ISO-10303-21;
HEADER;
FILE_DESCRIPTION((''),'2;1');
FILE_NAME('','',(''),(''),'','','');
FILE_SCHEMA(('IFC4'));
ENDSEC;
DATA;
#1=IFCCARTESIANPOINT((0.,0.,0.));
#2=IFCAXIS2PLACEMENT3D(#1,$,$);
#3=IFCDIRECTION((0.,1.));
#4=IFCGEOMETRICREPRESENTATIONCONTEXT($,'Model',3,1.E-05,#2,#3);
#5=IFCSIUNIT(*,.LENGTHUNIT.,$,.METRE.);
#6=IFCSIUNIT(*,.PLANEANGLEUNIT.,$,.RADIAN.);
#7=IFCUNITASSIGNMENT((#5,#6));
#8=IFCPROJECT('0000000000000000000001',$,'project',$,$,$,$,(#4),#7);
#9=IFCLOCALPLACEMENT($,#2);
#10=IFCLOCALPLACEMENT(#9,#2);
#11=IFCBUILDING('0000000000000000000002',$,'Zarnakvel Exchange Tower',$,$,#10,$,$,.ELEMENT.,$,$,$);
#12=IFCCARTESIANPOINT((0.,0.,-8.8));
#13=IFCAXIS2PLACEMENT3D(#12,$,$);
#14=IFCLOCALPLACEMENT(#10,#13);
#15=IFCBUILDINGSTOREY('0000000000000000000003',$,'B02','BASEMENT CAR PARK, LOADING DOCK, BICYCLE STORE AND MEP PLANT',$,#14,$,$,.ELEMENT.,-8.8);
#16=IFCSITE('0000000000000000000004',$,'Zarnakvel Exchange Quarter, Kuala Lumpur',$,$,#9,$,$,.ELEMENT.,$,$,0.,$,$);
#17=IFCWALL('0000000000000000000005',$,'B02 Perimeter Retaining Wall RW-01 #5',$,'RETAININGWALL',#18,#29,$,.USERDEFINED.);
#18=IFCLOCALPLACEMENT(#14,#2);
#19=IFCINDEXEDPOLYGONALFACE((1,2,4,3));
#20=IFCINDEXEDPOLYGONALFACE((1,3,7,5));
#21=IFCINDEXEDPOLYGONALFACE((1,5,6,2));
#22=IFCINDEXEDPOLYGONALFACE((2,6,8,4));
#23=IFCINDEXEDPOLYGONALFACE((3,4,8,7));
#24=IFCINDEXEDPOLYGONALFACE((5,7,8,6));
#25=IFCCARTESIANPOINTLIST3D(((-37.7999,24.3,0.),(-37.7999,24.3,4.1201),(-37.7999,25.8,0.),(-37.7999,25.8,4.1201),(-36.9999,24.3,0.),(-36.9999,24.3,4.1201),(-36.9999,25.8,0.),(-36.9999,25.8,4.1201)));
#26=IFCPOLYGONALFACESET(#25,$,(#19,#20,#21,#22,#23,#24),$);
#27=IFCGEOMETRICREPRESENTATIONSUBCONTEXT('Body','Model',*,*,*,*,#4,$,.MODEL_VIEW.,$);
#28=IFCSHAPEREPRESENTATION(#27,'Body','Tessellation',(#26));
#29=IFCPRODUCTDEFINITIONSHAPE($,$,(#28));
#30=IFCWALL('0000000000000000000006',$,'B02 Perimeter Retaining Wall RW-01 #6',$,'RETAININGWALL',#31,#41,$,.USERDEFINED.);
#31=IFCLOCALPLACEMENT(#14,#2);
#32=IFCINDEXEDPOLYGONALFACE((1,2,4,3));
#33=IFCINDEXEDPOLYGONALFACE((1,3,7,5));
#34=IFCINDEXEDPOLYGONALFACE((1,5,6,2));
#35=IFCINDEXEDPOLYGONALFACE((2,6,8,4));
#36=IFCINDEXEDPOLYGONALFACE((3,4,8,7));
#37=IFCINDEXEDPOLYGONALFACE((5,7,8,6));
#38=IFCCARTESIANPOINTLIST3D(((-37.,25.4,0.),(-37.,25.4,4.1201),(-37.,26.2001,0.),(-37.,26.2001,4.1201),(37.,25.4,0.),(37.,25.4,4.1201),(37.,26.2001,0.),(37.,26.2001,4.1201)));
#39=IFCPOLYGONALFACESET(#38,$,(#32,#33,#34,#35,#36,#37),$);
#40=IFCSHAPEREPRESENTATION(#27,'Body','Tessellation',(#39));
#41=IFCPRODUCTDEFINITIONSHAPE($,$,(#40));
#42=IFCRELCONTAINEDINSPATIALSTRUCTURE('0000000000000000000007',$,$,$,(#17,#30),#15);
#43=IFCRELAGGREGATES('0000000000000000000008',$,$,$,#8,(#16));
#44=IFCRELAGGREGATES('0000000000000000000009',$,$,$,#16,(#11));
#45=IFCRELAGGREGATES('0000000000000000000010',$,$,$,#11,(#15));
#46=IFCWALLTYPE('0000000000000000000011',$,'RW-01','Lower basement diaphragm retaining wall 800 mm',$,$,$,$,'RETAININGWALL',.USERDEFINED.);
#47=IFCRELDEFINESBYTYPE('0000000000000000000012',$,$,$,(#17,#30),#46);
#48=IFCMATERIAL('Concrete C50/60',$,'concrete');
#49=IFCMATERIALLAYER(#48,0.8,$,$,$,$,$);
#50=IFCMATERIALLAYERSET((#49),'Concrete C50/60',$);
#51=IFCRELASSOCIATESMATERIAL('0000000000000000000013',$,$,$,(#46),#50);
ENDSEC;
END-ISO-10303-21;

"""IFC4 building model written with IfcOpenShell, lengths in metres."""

from ifc_helpers import new_model, si_unit, direction, frame, frame_2d, origin, place, context, subcontext, project, spatial, rectangle, extrude, material, layer, layer_set, type_object, element, save


model = new_model("IFC4")

# Units and contexts
model_context = context("Model", 3, precision=1e-05, world=origin(), true_north=direction((0.0, 1.0)))
body_context = subcontext(model_context, "Body", "Model", "MODEL_VIEW")
ifc_project = project(units=[si_unit("LENGTHUNIT", "METRE"), si_unit("PLANEANGLEUNIT", "RADIAN")], contexts=[model_context])

# Site, building, storey
site_placement = place(None, origin())
site = spatial("IfcSite", under=ifc_project, at=site_placement, Name="Zarnakvel Exchange Quarter, Kuala Lumpur", CompositionType="ELEMENT", RefElevation=0.0)
building_placement = place(site_placement, origin())
building = spatial("IfcBuilding", under=site, at=building_placement, Name="Zarnakvel Exchange Tower", CompositionType="ELEMENT")
storey_placement = place(building_placement, frame((0.0, 0.0, -8.8)))
storey = spatial("IfcBuildingStorey", under=building, at=storey_placement, Name="B02", Description="BASEMENT CAR PARK, LOADING DOCK, BICYCLE STORE AND MEP PLANT", CompositionType="ELEMENT", Elevation=-8.8)

# Shared definitions
ifc_material_1 = material(Name="Concrete C50/60", Category="concrete")

# Walls
ifc_layer_1 = layer(ifc_material_1, 0.8)
ifc_layer_set_1 = layer_set([ifc_layer_1], Name="Concrete C50/60")
wall_type_1 = type_object("IfcWallType", Name="RW-01", Description="Lower basement diaphragm retaining wall 800 mm", ElementType="RETAININGWALL", PredefinedType="USERDEFINED", material=ifc_layer_set_1)
wall_1_placement = place(storey_placement, frame((-37.3999, 24.3, 0.0), z_axis=(0.0, 0.0, 1.0), x_axis=(0.0, 1.0, 0.0)))
element("IfcWall", 1, at=wall_1_placement, inside=storey, type_object=wall_type_1, Name="B02 Perimeter Retaining Wall RW-01 #5", ObjectType="RETAININGWALL", PredefinedType="USERDEFINED", context=body_context, shape_type="SweptSolid", body=[
    extrude(rectangle(XDim=1.5, YDim=0.8, at=frame_2d((0.75, 0.0))), origin(), (0.0, 0.0, 1.0), 4.1201),
])
wall_2_placement = place(storey_placement, frame((-37.0, 25.8, 0.0), z_axis=(0.0, 0.0, 1.0), x_axis=(1.0, 0.0, 0.0)))
element("IfcWall", 2, at=wall_2_placement, inside=storey, type_object=wall_type_1, Name="B02 Perimeter Retaining Wall RW-01 #6", ObjectType="RETAININGWALL", PredefinedType="USERDEFINED", context=body_context, shape_type="SweptSolid", body=[
    extrude(rectangle(XDim=74.0, YDim=0.8, at=frame_2d((37.0, 0.0))), origin(), (0.0, 0.0, 1.0), 4.1201),
])

save(model, "model.ifc")
